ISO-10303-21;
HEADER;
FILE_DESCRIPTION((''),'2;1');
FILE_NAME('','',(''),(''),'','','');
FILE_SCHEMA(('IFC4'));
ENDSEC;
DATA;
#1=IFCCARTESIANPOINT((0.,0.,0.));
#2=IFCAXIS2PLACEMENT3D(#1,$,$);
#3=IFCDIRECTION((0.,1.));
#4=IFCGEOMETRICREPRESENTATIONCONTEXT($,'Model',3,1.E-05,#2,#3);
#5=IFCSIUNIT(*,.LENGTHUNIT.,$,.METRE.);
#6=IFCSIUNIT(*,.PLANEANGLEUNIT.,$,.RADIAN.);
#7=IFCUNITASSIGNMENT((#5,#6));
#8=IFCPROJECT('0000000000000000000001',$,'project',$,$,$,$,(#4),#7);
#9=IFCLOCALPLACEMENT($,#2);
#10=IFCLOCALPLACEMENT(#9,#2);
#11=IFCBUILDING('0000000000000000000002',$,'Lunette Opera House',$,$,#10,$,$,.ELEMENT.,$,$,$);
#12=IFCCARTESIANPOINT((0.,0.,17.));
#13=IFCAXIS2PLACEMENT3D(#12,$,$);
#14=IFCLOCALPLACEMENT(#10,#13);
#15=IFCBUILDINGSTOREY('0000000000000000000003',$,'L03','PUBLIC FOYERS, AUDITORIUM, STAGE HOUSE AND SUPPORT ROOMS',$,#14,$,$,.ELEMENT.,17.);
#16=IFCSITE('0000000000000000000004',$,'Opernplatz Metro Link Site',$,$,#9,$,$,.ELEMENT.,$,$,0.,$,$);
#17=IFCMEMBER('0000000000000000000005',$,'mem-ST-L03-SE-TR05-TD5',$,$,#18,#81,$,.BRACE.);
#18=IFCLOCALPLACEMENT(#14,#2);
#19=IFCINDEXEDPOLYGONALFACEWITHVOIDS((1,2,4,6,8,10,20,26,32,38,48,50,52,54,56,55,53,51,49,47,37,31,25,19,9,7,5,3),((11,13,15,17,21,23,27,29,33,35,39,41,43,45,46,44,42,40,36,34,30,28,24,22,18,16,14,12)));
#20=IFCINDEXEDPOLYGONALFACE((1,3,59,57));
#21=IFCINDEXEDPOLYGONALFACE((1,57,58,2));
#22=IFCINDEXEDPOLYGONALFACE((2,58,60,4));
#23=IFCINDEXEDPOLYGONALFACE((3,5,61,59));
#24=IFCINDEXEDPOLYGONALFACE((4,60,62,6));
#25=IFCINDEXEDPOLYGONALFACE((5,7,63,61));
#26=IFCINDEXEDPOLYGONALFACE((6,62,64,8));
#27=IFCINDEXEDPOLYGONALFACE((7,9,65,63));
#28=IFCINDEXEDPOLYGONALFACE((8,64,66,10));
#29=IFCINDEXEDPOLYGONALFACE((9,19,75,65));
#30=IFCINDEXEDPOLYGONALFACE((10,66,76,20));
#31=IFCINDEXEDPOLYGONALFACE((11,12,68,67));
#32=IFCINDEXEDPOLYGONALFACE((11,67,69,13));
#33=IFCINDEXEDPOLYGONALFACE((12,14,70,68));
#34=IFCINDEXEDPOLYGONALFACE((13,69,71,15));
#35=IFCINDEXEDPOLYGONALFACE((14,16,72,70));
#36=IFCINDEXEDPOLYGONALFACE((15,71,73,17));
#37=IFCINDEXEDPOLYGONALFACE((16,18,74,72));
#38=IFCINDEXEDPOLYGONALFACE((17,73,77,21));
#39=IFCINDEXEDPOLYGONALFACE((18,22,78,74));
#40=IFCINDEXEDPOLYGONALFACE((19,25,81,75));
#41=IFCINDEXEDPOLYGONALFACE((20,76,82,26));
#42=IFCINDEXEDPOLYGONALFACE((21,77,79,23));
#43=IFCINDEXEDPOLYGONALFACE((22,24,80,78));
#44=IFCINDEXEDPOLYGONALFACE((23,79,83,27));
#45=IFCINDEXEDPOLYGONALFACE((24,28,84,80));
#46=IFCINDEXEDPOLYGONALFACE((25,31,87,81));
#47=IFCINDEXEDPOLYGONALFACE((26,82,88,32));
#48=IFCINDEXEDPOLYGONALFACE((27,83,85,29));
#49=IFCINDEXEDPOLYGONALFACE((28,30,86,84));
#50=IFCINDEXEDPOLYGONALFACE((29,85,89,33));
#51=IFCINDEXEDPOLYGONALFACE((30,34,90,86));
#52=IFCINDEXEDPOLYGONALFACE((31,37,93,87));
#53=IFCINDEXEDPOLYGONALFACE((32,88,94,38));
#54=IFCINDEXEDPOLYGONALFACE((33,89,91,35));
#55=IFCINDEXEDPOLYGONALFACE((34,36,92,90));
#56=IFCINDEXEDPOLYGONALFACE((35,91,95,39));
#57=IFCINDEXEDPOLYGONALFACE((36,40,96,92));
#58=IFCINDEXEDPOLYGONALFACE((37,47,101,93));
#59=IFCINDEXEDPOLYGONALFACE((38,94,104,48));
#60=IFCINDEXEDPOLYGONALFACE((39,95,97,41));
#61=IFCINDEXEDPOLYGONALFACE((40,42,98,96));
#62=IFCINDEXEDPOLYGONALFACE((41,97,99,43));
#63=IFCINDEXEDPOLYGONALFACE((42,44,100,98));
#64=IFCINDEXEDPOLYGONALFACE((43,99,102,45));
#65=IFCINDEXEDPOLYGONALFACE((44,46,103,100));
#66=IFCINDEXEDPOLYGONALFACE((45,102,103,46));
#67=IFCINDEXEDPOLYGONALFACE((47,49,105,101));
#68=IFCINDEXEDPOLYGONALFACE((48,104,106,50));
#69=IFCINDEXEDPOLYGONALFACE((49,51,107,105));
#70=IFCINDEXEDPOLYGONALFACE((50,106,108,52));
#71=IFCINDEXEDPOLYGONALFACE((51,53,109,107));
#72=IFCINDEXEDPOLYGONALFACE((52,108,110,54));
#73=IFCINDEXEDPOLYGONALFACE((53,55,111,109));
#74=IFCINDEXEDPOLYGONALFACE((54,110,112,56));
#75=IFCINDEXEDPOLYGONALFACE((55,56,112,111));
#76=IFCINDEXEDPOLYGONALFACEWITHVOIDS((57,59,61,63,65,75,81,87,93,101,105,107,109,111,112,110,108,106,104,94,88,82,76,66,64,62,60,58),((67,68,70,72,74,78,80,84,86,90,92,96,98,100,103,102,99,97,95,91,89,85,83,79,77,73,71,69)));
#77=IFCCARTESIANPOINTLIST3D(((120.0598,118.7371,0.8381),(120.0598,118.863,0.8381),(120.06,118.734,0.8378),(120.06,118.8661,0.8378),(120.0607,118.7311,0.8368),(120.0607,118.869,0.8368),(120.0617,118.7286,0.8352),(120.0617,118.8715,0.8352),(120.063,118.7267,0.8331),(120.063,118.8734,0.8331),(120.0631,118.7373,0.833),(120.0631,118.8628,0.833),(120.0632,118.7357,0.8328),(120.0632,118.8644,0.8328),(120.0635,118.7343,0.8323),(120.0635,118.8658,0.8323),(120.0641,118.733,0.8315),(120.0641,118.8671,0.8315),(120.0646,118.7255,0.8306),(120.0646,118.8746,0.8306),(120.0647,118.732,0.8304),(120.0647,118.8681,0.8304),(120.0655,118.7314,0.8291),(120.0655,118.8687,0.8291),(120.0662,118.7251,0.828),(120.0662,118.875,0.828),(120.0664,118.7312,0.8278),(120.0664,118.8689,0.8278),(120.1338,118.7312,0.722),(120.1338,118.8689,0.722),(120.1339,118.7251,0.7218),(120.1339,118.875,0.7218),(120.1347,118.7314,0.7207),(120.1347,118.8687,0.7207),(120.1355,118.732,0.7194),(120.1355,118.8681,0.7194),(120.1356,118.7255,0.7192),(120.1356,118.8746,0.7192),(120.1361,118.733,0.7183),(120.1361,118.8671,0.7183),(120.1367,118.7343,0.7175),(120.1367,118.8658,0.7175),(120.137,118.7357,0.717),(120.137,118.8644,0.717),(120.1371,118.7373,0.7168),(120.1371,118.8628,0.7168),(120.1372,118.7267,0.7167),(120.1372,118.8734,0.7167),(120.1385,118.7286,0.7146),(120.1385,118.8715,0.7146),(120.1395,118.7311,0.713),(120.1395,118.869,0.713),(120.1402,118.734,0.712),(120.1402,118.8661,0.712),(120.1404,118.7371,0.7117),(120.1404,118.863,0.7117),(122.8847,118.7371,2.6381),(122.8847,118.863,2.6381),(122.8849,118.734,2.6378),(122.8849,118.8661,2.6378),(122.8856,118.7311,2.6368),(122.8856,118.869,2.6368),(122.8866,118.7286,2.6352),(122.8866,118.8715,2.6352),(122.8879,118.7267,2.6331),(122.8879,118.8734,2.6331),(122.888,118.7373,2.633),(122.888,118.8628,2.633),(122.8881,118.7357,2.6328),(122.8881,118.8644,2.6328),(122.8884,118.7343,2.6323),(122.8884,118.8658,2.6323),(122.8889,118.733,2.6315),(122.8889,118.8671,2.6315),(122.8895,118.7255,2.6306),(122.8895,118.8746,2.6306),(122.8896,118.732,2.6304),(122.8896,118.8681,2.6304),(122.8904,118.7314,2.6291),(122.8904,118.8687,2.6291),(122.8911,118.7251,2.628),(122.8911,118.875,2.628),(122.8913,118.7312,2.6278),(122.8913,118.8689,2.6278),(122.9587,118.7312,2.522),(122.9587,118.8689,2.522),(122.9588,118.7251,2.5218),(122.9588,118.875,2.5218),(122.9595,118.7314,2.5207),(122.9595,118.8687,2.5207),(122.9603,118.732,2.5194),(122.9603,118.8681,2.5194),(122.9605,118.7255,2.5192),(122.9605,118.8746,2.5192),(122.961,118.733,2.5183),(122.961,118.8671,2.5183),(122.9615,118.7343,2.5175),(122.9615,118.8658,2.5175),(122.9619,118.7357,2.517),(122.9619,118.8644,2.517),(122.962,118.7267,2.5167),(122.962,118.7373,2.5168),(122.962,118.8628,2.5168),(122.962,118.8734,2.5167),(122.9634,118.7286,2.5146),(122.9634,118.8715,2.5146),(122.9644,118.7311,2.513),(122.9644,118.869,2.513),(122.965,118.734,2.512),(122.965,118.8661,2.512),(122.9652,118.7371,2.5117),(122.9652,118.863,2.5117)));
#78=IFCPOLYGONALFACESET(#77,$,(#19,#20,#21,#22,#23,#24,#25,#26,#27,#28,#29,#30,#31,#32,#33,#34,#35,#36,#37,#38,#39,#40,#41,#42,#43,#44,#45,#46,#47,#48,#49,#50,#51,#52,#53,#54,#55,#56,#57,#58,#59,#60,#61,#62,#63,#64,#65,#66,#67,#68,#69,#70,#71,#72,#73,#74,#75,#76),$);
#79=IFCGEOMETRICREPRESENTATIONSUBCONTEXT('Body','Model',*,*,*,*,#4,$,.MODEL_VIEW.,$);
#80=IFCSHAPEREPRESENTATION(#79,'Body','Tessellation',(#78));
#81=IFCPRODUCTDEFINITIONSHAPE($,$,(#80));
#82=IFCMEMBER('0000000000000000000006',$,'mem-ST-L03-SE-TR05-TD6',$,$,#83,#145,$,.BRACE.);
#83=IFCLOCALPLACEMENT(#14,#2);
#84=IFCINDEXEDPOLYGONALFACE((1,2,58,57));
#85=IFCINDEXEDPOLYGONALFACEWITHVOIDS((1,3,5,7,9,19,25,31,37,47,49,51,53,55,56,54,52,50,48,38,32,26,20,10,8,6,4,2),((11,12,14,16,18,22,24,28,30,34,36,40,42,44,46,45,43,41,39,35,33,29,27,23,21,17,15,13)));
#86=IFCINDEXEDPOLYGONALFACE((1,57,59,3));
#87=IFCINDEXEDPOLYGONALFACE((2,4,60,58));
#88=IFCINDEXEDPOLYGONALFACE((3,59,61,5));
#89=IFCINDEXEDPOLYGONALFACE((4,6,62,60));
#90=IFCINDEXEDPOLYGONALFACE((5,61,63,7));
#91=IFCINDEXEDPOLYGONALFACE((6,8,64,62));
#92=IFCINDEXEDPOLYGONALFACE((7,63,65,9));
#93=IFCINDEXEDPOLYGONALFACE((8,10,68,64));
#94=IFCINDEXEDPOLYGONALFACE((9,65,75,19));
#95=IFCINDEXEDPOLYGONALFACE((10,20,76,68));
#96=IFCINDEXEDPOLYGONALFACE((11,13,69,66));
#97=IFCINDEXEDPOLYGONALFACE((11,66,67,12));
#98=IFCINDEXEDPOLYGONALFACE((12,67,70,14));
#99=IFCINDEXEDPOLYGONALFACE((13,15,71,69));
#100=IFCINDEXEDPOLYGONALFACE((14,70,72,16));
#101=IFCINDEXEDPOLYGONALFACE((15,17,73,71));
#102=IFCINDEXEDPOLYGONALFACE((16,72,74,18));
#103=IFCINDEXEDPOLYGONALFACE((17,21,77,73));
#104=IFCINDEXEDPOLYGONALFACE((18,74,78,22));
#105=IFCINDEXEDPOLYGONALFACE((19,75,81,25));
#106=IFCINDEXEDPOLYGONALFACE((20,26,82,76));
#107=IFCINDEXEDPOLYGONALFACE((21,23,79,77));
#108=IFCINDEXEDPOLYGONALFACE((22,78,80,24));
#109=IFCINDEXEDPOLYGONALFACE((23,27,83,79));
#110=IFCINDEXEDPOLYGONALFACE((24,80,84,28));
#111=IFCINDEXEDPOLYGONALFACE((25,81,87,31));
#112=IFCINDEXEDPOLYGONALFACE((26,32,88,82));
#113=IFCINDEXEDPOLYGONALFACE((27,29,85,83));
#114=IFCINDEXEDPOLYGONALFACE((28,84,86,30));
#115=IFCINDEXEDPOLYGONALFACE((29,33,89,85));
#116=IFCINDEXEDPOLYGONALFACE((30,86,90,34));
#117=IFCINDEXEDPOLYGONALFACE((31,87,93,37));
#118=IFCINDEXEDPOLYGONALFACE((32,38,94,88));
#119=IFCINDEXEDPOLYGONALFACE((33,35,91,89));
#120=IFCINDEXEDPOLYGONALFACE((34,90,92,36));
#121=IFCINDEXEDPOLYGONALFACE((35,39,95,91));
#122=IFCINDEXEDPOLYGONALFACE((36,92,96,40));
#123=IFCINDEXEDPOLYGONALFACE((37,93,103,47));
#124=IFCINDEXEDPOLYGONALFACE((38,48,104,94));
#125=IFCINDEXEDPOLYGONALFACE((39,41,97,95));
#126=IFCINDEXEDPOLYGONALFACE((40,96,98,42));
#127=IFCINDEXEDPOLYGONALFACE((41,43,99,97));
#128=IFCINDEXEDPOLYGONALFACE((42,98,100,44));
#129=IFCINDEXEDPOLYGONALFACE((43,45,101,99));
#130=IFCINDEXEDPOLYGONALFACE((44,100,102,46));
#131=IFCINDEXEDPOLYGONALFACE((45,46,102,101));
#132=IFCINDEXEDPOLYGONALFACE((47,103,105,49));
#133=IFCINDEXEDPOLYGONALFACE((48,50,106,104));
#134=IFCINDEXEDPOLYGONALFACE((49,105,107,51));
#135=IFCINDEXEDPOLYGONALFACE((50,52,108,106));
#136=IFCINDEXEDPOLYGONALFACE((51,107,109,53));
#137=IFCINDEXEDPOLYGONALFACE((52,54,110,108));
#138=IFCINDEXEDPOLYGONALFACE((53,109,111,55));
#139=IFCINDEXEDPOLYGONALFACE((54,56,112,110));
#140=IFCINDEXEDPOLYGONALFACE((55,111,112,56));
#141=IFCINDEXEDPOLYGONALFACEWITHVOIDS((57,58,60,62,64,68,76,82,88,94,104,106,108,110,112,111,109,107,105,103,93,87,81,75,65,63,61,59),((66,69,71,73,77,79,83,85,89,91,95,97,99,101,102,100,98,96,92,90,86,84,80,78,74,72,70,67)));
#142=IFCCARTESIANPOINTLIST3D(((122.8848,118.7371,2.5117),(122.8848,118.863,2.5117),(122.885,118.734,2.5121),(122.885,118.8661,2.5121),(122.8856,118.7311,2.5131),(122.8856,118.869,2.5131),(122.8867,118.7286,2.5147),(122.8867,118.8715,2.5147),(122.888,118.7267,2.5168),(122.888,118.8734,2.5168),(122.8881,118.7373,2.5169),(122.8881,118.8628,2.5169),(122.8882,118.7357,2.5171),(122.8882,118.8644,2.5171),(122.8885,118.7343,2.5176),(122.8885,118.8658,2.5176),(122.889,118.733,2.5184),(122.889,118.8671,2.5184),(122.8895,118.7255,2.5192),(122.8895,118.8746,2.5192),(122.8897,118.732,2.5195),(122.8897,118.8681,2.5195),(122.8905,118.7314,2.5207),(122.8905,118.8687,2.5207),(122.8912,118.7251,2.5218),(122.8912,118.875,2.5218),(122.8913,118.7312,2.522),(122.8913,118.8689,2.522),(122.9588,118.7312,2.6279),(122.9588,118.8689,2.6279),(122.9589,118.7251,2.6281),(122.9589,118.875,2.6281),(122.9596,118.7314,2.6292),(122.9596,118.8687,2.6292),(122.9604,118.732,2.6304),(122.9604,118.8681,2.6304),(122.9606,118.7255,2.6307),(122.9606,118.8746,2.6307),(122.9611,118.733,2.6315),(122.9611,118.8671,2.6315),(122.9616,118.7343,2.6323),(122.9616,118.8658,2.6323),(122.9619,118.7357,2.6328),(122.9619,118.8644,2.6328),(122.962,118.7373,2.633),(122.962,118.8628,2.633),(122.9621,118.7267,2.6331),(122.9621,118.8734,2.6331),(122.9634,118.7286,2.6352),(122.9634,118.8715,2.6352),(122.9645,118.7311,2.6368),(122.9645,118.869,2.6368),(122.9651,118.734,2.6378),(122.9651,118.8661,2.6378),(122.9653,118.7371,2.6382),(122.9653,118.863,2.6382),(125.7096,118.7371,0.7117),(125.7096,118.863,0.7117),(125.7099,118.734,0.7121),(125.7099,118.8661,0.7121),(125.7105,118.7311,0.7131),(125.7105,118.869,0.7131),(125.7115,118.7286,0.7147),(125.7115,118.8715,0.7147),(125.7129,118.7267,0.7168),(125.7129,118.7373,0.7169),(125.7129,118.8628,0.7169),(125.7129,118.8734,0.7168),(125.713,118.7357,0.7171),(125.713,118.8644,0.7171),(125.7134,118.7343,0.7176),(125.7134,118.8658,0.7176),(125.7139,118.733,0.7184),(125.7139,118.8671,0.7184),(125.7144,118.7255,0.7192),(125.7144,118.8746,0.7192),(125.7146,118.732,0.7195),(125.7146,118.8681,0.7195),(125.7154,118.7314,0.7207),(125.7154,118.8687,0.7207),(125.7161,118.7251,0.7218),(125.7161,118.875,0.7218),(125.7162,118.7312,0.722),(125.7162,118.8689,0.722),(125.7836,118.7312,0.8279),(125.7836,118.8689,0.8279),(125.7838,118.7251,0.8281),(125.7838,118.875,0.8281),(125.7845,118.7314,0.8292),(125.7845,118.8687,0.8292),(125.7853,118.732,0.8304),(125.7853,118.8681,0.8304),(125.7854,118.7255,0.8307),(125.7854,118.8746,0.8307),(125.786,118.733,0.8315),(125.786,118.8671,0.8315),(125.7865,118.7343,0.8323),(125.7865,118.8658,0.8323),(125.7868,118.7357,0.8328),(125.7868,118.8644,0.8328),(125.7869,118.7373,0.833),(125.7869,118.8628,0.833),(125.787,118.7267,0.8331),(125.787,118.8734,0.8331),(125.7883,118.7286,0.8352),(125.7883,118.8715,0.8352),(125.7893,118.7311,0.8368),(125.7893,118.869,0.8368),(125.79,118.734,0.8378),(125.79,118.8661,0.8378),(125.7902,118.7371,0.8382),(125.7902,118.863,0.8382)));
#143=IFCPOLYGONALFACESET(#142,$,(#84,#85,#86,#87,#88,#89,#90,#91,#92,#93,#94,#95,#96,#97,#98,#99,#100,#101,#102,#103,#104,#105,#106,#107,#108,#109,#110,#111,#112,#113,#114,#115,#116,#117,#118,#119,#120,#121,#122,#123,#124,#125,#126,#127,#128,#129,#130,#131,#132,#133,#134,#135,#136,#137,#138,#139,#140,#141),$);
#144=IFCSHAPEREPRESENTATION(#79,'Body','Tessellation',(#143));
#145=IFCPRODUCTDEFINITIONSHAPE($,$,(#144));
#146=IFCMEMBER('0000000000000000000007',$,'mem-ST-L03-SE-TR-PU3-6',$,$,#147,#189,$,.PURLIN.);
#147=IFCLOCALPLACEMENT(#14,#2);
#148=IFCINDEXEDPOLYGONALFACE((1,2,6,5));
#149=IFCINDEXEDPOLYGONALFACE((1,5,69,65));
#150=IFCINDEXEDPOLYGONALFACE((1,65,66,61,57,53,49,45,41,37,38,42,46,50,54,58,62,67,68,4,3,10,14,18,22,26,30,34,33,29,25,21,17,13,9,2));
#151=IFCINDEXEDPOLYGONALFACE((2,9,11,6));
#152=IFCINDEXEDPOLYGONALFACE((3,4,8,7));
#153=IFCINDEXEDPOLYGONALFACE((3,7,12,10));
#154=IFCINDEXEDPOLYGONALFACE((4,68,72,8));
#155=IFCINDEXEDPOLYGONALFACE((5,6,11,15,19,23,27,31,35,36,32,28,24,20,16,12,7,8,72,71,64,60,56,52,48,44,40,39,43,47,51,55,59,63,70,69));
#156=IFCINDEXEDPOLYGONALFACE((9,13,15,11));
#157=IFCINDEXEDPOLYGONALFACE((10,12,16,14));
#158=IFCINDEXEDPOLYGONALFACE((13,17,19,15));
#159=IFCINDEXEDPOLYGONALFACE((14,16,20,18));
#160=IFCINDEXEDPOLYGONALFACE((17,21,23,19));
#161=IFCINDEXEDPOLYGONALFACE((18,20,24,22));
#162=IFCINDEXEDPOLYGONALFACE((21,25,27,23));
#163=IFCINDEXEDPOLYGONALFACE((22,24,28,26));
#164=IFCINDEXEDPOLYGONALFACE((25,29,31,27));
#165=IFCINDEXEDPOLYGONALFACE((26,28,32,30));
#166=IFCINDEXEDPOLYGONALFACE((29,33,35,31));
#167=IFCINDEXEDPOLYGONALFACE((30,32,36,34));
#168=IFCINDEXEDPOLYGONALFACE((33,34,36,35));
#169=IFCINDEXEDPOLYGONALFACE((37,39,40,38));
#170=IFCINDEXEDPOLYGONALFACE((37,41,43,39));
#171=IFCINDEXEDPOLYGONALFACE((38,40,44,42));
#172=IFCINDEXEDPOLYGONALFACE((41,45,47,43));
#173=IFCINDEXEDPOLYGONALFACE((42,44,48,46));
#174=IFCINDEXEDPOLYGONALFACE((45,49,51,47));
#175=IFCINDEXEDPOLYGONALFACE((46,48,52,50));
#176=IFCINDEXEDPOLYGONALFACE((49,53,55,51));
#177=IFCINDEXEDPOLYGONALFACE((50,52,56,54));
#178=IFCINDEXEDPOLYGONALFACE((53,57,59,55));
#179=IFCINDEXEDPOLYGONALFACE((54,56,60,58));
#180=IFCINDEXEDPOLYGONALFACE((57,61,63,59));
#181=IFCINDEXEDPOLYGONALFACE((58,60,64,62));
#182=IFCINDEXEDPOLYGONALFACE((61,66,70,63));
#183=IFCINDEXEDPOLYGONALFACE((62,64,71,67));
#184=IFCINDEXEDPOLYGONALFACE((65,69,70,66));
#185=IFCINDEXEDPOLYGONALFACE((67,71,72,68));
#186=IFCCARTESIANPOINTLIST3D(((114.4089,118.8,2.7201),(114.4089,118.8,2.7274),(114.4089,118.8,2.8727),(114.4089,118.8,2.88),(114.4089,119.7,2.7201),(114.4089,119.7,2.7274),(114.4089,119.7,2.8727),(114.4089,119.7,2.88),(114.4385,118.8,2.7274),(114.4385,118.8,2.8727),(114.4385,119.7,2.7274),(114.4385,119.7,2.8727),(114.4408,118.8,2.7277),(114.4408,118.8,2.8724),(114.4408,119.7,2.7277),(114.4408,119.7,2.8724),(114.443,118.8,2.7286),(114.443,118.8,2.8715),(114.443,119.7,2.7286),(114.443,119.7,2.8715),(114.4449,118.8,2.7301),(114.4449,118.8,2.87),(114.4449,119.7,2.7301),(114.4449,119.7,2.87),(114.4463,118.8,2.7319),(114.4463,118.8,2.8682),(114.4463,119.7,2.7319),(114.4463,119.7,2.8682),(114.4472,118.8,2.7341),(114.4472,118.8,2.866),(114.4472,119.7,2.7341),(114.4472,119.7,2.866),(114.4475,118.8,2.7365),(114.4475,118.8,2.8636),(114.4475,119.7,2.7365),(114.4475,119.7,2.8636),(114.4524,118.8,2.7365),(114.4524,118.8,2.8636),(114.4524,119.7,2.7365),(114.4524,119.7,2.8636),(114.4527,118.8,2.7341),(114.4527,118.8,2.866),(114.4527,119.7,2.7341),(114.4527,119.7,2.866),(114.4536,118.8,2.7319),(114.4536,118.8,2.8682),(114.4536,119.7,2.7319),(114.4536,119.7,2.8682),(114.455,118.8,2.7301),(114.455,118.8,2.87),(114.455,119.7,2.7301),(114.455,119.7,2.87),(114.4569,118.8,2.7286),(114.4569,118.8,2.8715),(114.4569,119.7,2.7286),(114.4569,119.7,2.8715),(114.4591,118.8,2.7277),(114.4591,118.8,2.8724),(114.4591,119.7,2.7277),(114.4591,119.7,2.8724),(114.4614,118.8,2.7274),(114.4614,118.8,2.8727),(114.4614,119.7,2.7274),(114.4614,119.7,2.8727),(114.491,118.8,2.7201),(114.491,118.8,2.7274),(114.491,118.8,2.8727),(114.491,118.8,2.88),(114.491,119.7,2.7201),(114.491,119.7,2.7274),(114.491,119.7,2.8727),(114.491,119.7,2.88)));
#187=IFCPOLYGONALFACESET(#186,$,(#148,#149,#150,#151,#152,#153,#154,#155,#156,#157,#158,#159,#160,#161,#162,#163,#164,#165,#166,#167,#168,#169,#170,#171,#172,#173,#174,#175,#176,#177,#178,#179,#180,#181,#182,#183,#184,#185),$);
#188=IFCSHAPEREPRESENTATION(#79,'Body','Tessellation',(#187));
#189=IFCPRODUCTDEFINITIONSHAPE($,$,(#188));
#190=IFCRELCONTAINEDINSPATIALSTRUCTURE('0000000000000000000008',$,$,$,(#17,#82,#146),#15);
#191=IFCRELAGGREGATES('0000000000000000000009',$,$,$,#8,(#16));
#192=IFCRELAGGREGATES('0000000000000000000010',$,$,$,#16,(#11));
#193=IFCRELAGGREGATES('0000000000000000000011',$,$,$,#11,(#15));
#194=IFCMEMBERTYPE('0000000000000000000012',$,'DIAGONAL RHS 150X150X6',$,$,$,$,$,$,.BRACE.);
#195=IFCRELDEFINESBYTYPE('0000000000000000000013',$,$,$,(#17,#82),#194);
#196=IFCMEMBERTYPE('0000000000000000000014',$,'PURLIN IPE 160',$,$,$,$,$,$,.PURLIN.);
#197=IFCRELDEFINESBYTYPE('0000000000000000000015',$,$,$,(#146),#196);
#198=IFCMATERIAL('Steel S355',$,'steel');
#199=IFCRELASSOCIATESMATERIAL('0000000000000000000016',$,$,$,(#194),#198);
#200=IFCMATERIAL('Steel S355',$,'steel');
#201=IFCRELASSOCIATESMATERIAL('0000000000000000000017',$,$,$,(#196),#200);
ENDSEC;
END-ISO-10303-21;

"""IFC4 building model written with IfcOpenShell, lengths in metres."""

from ifc_helpers import new_model, si_unit, direction, frame, origin, origin_2d, place, context, subcontext, project, spatial, hollow_rectangle, i_section, extrude, material, material_profile, profile_set, type_object, element, save


model = new_model("IFC4")

# Units and contexts
model_context = context("Model", 3, precision=1e-05, world=origin(), true_north=direction((0.0, 1.0)))
body_context = subcontext(model_context, "Body", "Model", "MODEL_VIEW")
ifc_project = project(units=[si_unit("LENGTHUNIT", "METRE"), si_unit("PLANEANGLEUNIT", "RADIAN")], contexts=[model_context])

# Site, building, storey
site_placement = place(None, origin())
site = spatial("IfcSite", under=ifc_project, at=site_placement, Name="Opernplatz Metro Link Site", CompositionType="ELEMENT", RefElevation=0.0)
building_placement = place(site_placement, origin())
building = spatial("IfcBuilding", under=site, at=building_placement, Name="Lunette Opera House", CompositionType="ELEMENT")
storey_placement = place(building_placement, frame((0.0, 0.0, 17.0)))
storey = spatial("IfcBuildingStorey", under=building, at=storey_placement, Name="L03", Description="PUBLIC FOYERS, AUDITORIUM, STAGE HOUSE AND SUPPORT ROOMS", CompositionType="ELEMENT", Elevation=17.0)

# Members
ifc_material_1 = material(Name="Steel S355", Category="steel")
ifc_material_profile_1 = material_profile(ifc_material_1, hollow_rectangle(XDim=0.1499, YDim=0.1499, WallThickness=0.0061, InnerFilletRadius=0.0061, OuterFilletRadius=0.012, at=origin_2d()), Name="RHS 150X150X6")
ifc_profile_set_1 = profile_set([ifc_material_profile_1], Name="Steel S355")
member_type_1 = type_object("IfcMemberType", Name="DIAGONAL RHS 150X150X6", PredefinedType="BRACE", material=ifc_profile_set_1)
for number, where, z_axis, x_axis, name in (
    (1, (120.1001, 118.8, 0.7749), (0.843343, 0.0, 0.537375), (0.0, 1.0, 0.0), "mem-ST-L03-SE-TR05-TD5"),
    (2, (122.925, 118.8, 2.575), (0.843343, 0.0, -0.537375), (0.0, 1.0, 0.0), "mem-ST-L03-SE-TR05-TD6"),
):
    element("IfcMember", number, at=place(storey_placement, frame(where, z_axis=z_axis, x_axis=x_axis)), inside=storey, type_object=member_type_1, Name=name, PredefinedType="BRACE", context=body_context, shape_type="SweptSolid", body=[
        extrude(hollow_rectangle(XDim=0.1499, YDim=0.1499, WallThickness=0.0061, InnerFilletRadius=0.0061, OuterFilletRadius=0.012, at=origin_2d()), origin(), (0.0, 0.0, 1.0), 3.3496),
    ])
ifc_material_2 = material(Name="Steel S355", Category="steel")
ifc_material_profile_2 = material_profile(ifc_material_2, i_section(OverallWidth=0.082, OverallDepth=0.1599, WebThickness=0.0049, FlangeThickness=0.0073, FilletRadius=0.009, at=origin_2d()), Name="IPE 160")
ifc_profile_set_2 = profile_set([ifc_material_profile_2], Name="Steel S355")
member_type_2 = type_object("IfcMemberType", Name="PURLIN IPE 160", PredefinedType="PURLIN", material=ifc_profile_set_2)
for number, where, z_axis, x_axis, name in (
    (3, (114.45, 118.8, 2.8), (0.0, 1.0, 0.0), (-1.0, 0.0, 0.0), "mem-ST-L03-SE-TR-PU3-6"),
):
    element("IfcMember", number, at=place(storey_placement, frame(where, z_axis=z_axis, x_axis=x_axis)), inside=storey, type_object=member_type_2, Name=name, PredefinedType="PURLIN", context=body_context, shape_type="SweptSolid", body=[
        extrude(i_section(OverallWidth=0.082, OverallDepth=0.1599, WebThickness=0.0049, FlangeThickness=0.0073, FilletRadius=0.009, at=origin_2d()), origin(), (0.0, 0.0, 1.0), 0.8999),
    ])

save(model, "model.ifc")
